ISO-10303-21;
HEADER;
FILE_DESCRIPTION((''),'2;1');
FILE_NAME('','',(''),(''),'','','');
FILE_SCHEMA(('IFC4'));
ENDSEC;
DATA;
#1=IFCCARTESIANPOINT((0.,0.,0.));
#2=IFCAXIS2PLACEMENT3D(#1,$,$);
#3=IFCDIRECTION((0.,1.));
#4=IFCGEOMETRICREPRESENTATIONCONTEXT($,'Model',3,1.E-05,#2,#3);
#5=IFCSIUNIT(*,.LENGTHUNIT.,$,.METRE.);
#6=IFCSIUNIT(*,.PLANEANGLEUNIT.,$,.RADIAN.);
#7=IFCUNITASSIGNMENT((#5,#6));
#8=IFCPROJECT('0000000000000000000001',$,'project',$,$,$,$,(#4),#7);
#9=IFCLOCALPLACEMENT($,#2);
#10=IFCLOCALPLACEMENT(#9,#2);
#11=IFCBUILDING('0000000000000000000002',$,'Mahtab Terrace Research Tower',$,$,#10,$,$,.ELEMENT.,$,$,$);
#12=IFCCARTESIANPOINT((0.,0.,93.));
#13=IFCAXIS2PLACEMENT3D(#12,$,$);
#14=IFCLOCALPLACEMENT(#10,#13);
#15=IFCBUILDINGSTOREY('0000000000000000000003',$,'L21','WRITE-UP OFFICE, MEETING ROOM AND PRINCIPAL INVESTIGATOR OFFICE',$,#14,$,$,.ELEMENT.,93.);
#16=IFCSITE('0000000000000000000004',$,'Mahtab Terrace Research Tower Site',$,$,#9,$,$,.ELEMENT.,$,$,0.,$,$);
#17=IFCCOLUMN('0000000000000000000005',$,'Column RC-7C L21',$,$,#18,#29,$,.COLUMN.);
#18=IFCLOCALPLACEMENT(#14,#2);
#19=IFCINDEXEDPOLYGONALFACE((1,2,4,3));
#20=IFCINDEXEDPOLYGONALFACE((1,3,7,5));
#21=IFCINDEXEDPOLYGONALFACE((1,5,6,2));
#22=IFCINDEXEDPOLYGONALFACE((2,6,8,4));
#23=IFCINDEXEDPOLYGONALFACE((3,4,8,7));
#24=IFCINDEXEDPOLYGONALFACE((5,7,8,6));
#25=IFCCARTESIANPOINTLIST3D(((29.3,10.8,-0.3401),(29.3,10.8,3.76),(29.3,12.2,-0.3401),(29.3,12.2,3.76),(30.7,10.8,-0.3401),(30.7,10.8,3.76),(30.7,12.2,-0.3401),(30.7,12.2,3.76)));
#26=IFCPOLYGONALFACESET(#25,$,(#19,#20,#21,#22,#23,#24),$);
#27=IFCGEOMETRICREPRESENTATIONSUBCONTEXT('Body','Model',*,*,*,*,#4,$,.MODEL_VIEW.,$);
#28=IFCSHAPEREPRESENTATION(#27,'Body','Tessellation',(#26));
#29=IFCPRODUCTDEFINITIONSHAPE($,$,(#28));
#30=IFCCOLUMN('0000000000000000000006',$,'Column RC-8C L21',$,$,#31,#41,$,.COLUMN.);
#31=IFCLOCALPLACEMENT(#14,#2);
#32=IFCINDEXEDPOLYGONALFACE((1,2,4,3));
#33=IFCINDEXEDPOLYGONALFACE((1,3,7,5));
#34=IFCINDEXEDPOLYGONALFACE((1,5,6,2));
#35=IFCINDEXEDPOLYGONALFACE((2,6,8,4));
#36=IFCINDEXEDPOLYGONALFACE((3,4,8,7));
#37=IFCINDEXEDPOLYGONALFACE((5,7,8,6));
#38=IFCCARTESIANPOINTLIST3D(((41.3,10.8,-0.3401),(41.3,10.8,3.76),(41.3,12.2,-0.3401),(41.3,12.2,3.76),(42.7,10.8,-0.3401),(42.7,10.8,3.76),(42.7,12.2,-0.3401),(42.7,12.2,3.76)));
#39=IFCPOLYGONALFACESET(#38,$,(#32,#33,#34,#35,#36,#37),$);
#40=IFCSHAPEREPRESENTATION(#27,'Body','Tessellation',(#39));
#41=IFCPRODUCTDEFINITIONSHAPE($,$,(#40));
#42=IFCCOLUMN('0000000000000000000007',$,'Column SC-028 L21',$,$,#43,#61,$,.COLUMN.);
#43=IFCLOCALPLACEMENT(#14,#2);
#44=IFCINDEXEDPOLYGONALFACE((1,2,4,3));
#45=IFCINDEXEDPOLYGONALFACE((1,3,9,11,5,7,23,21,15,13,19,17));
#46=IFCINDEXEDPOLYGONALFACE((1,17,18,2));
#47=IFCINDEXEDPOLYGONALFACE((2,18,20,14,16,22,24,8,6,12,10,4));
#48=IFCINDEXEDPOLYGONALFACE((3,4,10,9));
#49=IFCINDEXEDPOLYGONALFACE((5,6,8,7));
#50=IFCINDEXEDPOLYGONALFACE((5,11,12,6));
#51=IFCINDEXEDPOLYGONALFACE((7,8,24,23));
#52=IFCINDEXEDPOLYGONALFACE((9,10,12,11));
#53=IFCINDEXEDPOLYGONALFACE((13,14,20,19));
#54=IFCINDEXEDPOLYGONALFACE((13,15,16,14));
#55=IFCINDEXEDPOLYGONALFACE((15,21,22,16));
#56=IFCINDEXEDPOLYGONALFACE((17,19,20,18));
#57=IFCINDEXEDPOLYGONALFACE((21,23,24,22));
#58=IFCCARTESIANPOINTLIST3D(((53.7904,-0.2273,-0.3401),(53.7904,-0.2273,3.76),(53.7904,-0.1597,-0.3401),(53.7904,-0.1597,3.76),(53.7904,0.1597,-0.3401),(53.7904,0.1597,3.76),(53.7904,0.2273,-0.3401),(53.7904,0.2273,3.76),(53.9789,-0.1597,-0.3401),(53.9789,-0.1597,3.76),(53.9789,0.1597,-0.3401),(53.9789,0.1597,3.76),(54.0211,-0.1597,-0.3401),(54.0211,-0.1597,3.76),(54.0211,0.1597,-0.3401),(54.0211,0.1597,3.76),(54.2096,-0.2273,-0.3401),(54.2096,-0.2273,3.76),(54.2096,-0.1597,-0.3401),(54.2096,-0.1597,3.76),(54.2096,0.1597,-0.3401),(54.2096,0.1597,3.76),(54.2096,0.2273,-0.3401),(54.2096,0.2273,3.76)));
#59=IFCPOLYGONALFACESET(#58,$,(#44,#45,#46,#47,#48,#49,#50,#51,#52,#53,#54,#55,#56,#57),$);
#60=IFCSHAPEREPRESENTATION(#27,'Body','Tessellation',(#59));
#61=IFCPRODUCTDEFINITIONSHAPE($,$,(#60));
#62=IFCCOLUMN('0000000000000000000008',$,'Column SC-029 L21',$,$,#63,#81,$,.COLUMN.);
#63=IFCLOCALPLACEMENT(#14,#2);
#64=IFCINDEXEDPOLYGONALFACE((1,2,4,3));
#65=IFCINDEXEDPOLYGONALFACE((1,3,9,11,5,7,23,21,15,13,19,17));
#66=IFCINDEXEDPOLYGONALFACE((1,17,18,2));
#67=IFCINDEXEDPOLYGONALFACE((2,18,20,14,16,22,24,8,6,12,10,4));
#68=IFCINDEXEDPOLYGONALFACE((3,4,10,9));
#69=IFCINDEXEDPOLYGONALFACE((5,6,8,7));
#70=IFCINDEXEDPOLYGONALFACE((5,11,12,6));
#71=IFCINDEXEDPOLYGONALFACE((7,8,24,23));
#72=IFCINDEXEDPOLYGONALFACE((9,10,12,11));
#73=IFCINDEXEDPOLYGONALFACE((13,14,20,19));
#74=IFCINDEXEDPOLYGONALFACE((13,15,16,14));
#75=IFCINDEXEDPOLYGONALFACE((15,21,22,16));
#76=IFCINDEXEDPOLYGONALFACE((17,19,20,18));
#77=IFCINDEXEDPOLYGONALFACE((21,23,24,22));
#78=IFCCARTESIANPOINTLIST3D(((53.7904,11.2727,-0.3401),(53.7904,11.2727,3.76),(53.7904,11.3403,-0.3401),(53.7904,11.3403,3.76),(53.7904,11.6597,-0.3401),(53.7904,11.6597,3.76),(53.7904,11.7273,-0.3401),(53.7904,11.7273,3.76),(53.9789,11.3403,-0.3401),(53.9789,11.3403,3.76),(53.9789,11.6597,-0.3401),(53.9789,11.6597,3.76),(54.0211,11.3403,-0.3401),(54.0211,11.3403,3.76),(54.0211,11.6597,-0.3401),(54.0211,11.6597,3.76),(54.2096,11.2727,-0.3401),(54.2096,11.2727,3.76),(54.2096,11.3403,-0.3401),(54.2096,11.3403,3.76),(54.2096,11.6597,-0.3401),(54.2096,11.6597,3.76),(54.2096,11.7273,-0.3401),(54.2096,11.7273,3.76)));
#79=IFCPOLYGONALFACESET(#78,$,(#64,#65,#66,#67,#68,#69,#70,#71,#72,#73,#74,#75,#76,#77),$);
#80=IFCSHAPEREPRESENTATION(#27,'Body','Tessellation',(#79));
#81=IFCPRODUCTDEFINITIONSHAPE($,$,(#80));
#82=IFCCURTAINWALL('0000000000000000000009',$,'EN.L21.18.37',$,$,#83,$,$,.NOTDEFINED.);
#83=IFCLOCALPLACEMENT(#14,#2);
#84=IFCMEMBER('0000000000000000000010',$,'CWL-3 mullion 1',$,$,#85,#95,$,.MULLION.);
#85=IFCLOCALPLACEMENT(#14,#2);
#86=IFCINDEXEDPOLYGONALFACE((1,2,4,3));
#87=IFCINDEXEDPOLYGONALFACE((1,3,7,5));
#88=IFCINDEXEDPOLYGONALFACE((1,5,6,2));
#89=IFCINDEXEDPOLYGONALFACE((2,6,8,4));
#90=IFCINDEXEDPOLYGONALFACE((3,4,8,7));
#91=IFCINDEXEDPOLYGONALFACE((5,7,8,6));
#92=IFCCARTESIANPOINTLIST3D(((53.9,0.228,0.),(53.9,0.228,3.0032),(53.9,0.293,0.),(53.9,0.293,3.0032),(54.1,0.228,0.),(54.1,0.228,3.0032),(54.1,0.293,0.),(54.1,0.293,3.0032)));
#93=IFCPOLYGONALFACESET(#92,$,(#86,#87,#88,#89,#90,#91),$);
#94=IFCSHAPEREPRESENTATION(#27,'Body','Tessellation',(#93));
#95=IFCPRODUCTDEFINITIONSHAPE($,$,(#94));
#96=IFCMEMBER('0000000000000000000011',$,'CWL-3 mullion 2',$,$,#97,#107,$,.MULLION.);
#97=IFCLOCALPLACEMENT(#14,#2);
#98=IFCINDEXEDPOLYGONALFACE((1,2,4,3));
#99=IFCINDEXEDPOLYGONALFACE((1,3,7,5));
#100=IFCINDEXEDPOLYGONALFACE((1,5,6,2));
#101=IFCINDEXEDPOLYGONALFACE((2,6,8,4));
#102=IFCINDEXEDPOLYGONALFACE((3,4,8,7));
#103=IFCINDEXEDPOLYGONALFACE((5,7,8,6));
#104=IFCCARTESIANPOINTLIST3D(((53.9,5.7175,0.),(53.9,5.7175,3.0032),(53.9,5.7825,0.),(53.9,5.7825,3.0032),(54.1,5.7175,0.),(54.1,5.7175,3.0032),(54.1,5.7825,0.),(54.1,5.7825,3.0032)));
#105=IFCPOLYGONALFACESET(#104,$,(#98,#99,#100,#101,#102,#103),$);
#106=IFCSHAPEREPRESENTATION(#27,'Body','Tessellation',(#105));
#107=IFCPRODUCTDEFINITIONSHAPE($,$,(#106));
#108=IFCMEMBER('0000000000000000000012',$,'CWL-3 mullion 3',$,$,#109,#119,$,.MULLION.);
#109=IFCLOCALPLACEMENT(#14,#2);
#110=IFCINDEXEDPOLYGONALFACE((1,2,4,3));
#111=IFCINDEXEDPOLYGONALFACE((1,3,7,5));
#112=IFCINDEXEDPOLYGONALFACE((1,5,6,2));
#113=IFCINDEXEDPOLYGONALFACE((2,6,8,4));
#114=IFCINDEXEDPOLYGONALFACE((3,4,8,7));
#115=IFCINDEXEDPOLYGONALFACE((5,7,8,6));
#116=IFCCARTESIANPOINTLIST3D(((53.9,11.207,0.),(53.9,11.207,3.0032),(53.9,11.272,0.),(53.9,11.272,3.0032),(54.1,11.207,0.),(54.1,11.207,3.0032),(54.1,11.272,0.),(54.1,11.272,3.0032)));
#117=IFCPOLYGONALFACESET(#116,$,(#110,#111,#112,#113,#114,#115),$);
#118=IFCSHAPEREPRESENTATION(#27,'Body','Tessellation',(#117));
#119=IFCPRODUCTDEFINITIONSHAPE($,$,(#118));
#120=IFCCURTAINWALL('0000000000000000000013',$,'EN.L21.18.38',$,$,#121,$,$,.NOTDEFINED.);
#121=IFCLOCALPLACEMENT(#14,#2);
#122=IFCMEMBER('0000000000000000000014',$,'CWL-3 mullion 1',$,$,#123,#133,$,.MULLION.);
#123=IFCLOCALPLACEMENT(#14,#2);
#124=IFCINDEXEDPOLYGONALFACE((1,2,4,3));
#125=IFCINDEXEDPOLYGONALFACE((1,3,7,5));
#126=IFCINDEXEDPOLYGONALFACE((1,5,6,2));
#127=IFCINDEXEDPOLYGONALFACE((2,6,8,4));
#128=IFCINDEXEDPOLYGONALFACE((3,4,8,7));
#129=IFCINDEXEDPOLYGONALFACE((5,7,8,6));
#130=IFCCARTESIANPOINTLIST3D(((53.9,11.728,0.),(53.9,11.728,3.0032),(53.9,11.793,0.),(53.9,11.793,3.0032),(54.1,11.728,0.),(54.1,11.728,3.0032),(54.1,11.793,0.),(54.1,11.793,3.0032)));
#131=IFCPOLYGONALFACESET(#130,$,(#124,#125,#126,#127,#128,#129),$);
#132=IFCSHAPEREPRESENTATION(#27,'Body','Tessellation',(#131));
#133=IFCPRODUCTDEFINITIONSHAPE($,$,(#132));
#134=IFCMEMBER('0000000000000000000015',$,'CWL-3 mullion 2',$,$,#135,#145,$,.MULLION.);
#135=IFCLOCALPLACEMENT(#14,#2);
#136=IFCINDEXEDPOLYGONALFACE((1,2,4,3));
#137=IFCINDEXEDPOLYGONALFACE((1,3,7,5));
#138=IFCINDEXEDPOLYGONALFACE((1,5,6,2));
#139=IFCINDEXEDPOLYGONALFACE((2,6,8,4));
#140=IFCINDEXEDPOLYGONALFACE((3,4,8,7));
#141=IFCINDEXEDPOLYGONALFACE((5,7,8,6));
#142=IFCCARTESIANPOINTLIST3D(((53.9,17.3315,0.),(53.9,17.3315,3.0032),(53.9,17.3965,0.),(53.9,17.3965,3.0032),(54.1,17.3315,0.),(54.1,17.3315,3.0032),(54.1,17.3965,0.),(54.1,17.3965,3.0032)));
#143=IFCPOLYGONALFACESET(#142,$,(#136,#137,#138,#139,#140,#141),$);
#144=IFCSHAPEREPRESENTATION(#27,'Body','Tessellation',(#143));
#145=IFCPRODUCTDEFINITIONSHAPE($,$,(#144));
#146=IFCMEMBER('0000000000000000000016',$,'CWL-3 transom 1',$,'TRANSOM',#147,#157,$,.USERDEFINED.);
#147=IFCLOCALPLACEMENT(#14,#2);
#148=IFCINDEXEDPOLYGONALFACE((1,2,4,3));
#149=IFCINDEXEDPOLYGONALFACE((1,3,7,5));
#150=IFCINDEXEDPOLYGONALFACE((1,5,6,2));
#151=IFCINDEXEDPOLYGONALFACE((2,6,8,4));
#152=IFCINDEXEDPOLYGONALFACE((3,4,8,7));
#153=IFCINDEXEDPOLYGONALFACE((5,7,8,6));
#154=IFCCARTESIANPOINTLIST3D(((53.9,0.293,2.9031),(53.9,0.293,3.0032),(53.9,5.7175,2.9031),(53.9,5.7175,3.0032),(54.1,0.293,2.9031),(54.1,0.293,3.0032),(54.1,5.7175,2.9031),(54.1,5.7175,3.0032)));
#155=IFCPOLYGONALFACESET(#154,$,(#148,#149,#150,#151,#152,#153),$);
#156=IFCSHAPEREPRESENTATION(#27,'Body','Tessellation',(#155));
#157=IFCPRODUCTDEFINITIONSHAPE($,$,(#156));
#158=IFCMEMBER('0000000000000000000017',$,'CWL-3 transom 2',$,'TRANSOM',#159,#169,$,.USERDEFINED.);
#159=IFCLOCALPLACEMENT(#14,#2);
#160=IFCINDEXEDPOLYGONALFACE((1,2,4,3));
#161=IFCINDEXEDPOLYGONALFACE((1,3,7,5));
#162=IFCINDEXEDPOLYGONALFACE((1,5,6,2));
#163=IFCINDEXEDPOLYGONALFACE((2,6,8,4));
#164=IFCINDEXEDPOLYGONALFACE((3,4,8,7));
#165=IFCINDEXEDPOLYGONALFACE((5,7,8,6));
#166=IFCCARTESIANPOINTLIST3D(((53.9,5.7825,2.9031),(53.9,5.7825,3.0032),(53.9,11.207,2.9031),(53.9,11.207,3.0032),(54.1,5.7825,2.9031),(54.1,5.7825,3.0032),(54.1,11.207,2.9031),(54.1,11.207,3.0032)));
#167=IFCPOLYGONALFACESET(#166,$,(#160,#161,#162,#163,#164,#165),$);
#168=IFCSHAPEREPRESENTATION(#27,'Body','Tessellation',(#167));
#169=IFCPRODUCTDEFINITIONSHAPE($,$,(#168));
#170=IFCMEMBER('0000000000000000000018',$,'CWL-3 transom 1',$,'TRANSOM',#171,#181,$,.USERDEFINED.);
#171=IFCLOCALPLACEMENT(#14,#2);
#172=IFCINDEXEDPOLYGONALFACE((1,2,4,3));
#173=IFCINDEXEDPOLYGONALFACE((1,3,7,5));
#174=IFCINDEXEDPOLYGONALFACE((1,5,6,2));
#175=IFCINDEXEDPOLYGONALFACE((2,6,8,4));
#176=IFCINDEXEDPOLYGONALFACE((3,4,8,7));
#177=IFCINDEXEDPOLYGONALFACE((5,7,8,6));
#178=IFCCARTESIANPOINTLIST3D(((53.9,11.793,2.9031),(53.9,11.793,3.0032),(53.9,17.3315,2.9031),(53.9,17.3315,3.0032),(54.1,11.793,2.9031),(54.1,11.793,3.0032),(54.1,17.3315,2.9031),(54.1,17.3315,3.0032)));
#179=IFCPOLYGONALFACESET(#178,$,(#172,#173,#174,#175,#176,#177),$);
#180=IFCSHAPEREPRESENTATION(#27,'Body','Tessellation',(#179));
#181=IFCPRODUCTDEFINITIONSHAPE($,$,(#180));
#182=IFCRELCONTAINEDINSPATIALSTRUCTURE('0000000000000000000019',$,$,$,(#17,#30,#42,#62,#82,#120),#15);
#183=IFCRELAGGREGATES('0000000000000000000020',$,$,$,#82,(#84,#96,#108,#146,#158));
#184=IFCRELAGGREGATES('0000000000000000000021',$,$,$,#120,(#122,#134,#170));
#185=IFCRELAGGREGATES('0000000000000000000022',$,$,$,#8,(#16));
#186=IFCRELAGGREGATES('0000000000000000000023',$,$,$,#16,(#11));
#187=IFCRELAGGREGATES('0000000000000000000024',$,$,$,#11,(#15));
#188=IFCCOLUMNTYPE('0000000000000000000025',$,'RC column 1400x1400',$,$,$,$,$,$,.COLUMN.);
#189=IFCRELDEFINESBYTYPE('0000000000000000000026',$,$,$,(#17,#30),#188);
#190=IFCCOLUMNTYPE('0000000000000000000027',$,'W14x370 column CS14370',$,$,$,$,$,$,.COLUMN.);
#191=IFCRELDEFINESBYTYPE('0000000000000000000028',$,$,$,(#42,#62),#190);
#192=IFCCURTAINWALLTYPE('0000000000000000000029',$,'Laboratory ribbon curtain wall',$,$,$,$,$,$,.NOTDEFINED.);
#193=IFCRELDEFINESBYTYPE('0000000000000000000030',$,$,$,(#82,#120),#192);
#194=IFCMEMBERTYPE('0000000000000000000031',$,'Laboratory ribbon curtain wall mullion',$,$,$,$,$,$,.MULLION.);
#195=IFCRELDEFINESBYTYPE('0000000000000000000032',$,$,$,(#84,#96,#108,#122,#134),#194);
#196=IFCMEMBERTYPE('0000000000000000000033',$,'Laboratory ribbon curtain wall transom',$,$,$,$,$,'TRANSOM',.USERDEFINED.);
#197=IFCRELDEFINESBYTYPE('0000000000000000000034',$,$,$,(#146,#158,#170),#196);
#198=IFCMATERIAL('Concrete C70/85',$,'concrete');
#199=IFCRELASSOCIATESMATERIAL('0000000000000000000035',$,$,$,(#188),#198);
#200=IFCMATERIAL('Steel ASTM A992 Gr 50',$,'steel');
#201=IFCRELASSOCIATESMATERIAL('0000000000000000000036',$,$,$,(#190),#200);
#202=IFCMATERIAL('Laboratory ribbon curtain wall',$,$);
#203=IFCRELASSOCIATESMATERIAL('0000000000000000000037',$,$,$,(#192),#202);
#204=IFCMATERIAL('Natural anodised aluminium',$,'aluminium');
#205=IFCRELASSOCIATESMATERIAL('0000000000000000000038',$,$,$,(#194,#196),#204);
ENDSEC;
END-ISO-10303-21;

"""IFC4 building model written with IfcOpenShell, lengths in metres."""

from ifc_helpers import new_model, si_unit, direction, frame, origin, origin_2d, place, context, subcontext, project, spatial, rectangle, i_section, extrude, material, material_profile, profile_set, type_object, element, aggregate, save


model = new_model("IFC4")

# Units and contexts
model_context = context("Model", 3, precision=1e-05, world=origin(), true_north=direction((0.0, 1.0)))
body_context = subcontext(model_context, "Body", "Model", "MODEL_VIEW")
ifc_project = project(units=[si_unit("LENGTHUNIT", "METRE"), si_unit("PLANEANGLEUNIT", "RADIAN")], contexts=[model_context])

# Site, building, storey
site_placement = place(None, origin())
site = spatial("IfcSite", under=ifc_project, at=site_placement, Name="Mahtab Terrace Research Tower Site", CompositionType="ELEMENT", RefElevation=0.0)
building_placement = place(site_placement, origin())
building = spatial("IfcBuilding", under=site, at=building_placement, Name="Mahtab Terrace Research Tower", CompositionType="ELEMENT")
storey_placement = place(building_placement, frame((0.0, 0.0, 93.0)))
storey = spatial("IfcBuildingStorey", under=building, at=storey_placement, Name="L21", Description="WRITE-UP OFFICE, MEETING ROOM AND PRINCIPAL INVESTIGATOR OFFICE", CompositionType="ELEMENT", Elevation=93.0)

# Columns
ifc_material_1 = material(Name="Concrete C70/85", Category="concrete")
ifc_material_profile_1 = material_profile(ifc_material_1, rectangle(XDim=1.3999, YDim=1.3999, at=origin_2d()), Name="RC column 1400x1400")
ifc_profile_set_1 = profile_set([ifc_material_profile_1], Name="Concrete C70/85")
column_type_1 = type_object("IfcColumnType", Name="RC column 1400x1400", PredefinedType="COLUMN", material=ifc_profile_set_1)
for number, where, z_axis, x_axis, name in (
    (1, (30.0, 11.5, -0.3401), (0.0, 0.0, 1.0), (1.0, 0.0, 0.0), "Column RC-7C L21"),
    (2, (42.0, 11.5, -0.3401), (0.0, 0.0, 1.0), (1.0, 0.0, 0.0), "Column RC-8C L21"),
):
    element("IfcColumn", number, at=place(storey_placement, frame(where, z_axis=z_axis, x_axis=x_axis)), inside=storey, type_object=column_type_1, Name=name, PredefinedType="COLUMN", context=body_context, shape_type="SweptSolid", body=[
        extrude(rectangle(XDim=1.3999, YDim=1.3999, at=origin_2d()), origin(), (0.0, 0.0, 1.0), 4.1001),
    ])
ifc_material_2 = material(Name="Steel ASTM A992 Gr 50", Category="steel")
ifc_material_profile_2 = material_profile(ifc_material_2, i_section(OverallWidth=0.4192, OverallDepth=0.4546, WebThickness=0.0422, FlangeThickness=0.0676, at=origin_2d()), Name="W14X370")
ifc_profile_set_2 = profile_set([ifc_material_profile_2], Name="Steel ASTM A992 Gr 50")
column_type_2 = type_object("IfcColumnType", Name="W14x370 column CS14370", PredefinedType="COLUMN", material=ifc_profile_set_2)
for number, where, z_axis, x_axis, name in (
    (3, (54.0, 0.0, -0.3401), (0.0, 0.0, 1.0), (1.0, 0.0, 0.0), "Column SC-028 L21"),
    (4, (54.0, 11.5, -0.3401), (0.0, 0.0, 1.0), (1.0, 0.0, 0.0), "Column SC-029 L21"),
):
    element("IfcColumn", number, at=place(storey_placement, frame(where, z_axis=z_axis, x_axis=x_axis)), inside=storey, type_object=column_type_2, Name=name, PredefinedType="COLUMN", context=body_context, shape_type="SweptSolid", body=[
        extrude(i_section(OverallWidth=0.4192, OverallDepth=0.4546, WebThickness=0.0422, FlangeThickness=0.0676, at=origin_2d()), origin(), (0.0, 0.0, 1.0), 4.1001),
    ])

# Curtain walls, members
ifc_material_3 = material(Name="Laboratory ribbon curtain wall")
curtain_wall_type = type_object("IfcCurtainWallType", Name="Laboratory ribbon curtain wall", PredefinedType="NOTDEFINED", material=ifc_material_3)
curtain_wall_1_placement = place(storey_placement, origin())
curtain_wall_1 = element("IfcCurtainWall", 5, at=curtain_wall_1_placement, inside=storey, type_object=curtain_wall_type, Name="EN.L21.18.37", PredefinedType="NOTDEFINED")
ifc_material_4 = material(Name="Natural anodised aluminium", Category="aluminium")
ifc_material_profile_3 = material_profile(ifc_material_4, rectangle(XDim=0.2, YDim=0.0649, at=origin_2d()), Name="MULLION 65x200")
ifc_profile_set_3 = profile_set([ifc_material_profile_3], Name="Natural anodised aluminium")
member_type_1 = type_object("IfcMemberType", Name="Laboratory ribbon curtain wall mullion", PredefinedType="MULLION", material=ifc_profile_set_3)
member_1_placement = place(storey_placement, frame((54.0, 0.2605, 0.0), z_axis=(0.0, 0.0, 1.0), x_axis=(-1.0, 0.0, 0.0)))
member_1 = element("IfcMember", 6, at=member_1_placement, type_object=member_type_1, Name="CWL-3 mullion 1", PredefinedType="MULLION", context=body_context, shape_type="SweptSolid", body=[
    extrude(rectangle(XDim=0.2, YDim=0.0649, at=origin_2d()), origin(), (0.0, 0.0, 1.0), 3.0032),
])
member_2_placement = place(storey_placement, frame((54.0, 5.75, 0.0), z_axis=(0.0, 0.0, 1.0), x_axis=(-1.0, 0.0, 0.0)))
member_2 = element("IfcMember", 7, at=member_2_placement, type_object=member_type_1, Name="CWL-3 mullion 2", PredefinedType="MULLION", context=body_context, shape_type="SweptSolid", body=[
    extrude(rectangle(XDim=0.2, YDim=0.0649, at=origin_2d()), origin(), (0.0, 0.0, 1.0), 3.0032),
])
member_3_placement = place(storey_placement, frame((54.0, 11.2395, 0.0), z_axis=(0.0, 0.0, 1.0), x_axis=(-1.0, 0.0, 0.0)))
member_3 = element("IfcMember", 8, at=member_3_placement, type_object=member_type_1, Name="CWL-3 mullion 3", PredefinedType="MULLION", context=body_context, shape_type="SweptSolid", body=[
    extrude(rectangle(XDim=0.2, YDim=0.0649, at=origin_2d()), origin(), (0.0, 0.0, 1.0), 3.0032),
])
curtain_wall_2_placement = place(storey_placement, origin())
curtain_wall_2 = element("IfcCurtainWall", 9, at=curtain_wall_2_placement, inside=storey, type_object=curtain_wall_type, Name="EN.L21.18.38", PredefinedType="NOTDEFINED")
member_4_placement = place(storey_placement, frame((54.0, 11.7605, 0.0), z_axis=(0.0, 0.0, 1.0), x_axis=(-1.0, 0.0, 0.0)))
member_4 = element("IfcMember", 10, at=member_4_placement, type_object=member_type_1, Name="CWL-3 mullion 1", PredefinedType="MULLION", context=body_context, shape_type="SweptSolid", body=[
    extrude(rectangle(XDim=0.2, YDim=0.0649, at=origin_2d()), origin(), (0.0, 0.0, 1.0), 3.0032),
])
member_5_placement = place(storey_placement, frame((54.0, 17.364, 0.0), z_axis=(0.0, 0.0, 1.0), x_axis=(-1.0, 0.0, 0.0)))
member_5 = element("IfcMember", 11, at=member_5_placement, type_object=member_type_1, Name="CWL-3 mullion 2", PredefinedType="MULLION", context=body_context, shape_type="SweptSolid", body=[
    extrude(rectangle(XDim=0.2, YDim=0.0649, at=origin_2d()), origin(), (0.0, 0.0, 1.0), 3.0032),
])

# Members
ifc_material_profile_4 = material_profile(ifc_material_4, rectangle(XDim=0.2, YDim=0.1001, at=origin_2d()), Name="TRANSOM 100x200")
ifc_profile_set_4 = profile_set([ifc_material_profile_4], Name="Natural anodised aluminium")
member_type_2 = type_object("IfcMemberType", Name="Laboratory ribbon curtain wall transom", ElementType="TRANSOM", PredefinedType="USERDEFINED", material=ifc_profile_set_4)
member_6_placement = place(storey_placement, frame((54.0, 0.293, 2.9531), z_axis=(0.0, 1.0, 0.0), x_axis=(-1.0, 0.0, 0.0)))
member_6 = element("IfcMember", 12, at=member_6_placement, type_object=member_type_2, Name="CWL-3 transom 1", ObjectType="TRANSOM", PredefinedType="USERDEFINED", context=body_context, shape_type="SweptSolid", body=[
    extrude(rectangle(XDim=0.2, YDim=0.1001, at=origin_2d()), origin(), (0.0, 0.0, 1.0), 5.4246),
])
member_7_placement = place(storey_placement, frame((54.0, 5.7825, 2.9531), z_axis=(0.0, 1.0, 0.0), x_axis=(-1.0, 0.0, 0.0)))
member_7 = element("IfcMember", 13, at=member_7_placement, type_object=member_type_2, Name="CWL-3 transom 2", ObjectType="TRANSOM", PredefinedType="USERDEFINED", context=body_context, shape_type="SweptSolid", body=[
    extrude(rectangle(XDim=0.2, YDim=0.1001, at=origin_2d()), origin(), (0.0, 0.0, 1.0), 5.4246),
])
member_8_placement = place(storey_placement, frame((54.0, 11.793, 2.9531), z_axis=(0.0, 1.0, 0.0), x_axis=(-1.0, 0.0, 0.0)))
member_8 = element("IfcMember", 14, at=member_8_placement, type_object=member_type_2, Name="CWL-3 transom 1", ObjectType="TRANSOM", PredefinedType="USERDEFINED", context=body_context, shape_type="SweptSolid", body=[
    extrude(rectangle(XDim=0.2, YDim=0.1001, at=origin_2d()), origin(), (0.0, 0.0, 1.0), 5.5386),
])

aggregate(curtain_wall_1, [member_1, member_2, member_3, member_6, member_7])
aggregate(curtain_wall_2, [member_4, member_5, member_8])

save(model, "model.ifc")
